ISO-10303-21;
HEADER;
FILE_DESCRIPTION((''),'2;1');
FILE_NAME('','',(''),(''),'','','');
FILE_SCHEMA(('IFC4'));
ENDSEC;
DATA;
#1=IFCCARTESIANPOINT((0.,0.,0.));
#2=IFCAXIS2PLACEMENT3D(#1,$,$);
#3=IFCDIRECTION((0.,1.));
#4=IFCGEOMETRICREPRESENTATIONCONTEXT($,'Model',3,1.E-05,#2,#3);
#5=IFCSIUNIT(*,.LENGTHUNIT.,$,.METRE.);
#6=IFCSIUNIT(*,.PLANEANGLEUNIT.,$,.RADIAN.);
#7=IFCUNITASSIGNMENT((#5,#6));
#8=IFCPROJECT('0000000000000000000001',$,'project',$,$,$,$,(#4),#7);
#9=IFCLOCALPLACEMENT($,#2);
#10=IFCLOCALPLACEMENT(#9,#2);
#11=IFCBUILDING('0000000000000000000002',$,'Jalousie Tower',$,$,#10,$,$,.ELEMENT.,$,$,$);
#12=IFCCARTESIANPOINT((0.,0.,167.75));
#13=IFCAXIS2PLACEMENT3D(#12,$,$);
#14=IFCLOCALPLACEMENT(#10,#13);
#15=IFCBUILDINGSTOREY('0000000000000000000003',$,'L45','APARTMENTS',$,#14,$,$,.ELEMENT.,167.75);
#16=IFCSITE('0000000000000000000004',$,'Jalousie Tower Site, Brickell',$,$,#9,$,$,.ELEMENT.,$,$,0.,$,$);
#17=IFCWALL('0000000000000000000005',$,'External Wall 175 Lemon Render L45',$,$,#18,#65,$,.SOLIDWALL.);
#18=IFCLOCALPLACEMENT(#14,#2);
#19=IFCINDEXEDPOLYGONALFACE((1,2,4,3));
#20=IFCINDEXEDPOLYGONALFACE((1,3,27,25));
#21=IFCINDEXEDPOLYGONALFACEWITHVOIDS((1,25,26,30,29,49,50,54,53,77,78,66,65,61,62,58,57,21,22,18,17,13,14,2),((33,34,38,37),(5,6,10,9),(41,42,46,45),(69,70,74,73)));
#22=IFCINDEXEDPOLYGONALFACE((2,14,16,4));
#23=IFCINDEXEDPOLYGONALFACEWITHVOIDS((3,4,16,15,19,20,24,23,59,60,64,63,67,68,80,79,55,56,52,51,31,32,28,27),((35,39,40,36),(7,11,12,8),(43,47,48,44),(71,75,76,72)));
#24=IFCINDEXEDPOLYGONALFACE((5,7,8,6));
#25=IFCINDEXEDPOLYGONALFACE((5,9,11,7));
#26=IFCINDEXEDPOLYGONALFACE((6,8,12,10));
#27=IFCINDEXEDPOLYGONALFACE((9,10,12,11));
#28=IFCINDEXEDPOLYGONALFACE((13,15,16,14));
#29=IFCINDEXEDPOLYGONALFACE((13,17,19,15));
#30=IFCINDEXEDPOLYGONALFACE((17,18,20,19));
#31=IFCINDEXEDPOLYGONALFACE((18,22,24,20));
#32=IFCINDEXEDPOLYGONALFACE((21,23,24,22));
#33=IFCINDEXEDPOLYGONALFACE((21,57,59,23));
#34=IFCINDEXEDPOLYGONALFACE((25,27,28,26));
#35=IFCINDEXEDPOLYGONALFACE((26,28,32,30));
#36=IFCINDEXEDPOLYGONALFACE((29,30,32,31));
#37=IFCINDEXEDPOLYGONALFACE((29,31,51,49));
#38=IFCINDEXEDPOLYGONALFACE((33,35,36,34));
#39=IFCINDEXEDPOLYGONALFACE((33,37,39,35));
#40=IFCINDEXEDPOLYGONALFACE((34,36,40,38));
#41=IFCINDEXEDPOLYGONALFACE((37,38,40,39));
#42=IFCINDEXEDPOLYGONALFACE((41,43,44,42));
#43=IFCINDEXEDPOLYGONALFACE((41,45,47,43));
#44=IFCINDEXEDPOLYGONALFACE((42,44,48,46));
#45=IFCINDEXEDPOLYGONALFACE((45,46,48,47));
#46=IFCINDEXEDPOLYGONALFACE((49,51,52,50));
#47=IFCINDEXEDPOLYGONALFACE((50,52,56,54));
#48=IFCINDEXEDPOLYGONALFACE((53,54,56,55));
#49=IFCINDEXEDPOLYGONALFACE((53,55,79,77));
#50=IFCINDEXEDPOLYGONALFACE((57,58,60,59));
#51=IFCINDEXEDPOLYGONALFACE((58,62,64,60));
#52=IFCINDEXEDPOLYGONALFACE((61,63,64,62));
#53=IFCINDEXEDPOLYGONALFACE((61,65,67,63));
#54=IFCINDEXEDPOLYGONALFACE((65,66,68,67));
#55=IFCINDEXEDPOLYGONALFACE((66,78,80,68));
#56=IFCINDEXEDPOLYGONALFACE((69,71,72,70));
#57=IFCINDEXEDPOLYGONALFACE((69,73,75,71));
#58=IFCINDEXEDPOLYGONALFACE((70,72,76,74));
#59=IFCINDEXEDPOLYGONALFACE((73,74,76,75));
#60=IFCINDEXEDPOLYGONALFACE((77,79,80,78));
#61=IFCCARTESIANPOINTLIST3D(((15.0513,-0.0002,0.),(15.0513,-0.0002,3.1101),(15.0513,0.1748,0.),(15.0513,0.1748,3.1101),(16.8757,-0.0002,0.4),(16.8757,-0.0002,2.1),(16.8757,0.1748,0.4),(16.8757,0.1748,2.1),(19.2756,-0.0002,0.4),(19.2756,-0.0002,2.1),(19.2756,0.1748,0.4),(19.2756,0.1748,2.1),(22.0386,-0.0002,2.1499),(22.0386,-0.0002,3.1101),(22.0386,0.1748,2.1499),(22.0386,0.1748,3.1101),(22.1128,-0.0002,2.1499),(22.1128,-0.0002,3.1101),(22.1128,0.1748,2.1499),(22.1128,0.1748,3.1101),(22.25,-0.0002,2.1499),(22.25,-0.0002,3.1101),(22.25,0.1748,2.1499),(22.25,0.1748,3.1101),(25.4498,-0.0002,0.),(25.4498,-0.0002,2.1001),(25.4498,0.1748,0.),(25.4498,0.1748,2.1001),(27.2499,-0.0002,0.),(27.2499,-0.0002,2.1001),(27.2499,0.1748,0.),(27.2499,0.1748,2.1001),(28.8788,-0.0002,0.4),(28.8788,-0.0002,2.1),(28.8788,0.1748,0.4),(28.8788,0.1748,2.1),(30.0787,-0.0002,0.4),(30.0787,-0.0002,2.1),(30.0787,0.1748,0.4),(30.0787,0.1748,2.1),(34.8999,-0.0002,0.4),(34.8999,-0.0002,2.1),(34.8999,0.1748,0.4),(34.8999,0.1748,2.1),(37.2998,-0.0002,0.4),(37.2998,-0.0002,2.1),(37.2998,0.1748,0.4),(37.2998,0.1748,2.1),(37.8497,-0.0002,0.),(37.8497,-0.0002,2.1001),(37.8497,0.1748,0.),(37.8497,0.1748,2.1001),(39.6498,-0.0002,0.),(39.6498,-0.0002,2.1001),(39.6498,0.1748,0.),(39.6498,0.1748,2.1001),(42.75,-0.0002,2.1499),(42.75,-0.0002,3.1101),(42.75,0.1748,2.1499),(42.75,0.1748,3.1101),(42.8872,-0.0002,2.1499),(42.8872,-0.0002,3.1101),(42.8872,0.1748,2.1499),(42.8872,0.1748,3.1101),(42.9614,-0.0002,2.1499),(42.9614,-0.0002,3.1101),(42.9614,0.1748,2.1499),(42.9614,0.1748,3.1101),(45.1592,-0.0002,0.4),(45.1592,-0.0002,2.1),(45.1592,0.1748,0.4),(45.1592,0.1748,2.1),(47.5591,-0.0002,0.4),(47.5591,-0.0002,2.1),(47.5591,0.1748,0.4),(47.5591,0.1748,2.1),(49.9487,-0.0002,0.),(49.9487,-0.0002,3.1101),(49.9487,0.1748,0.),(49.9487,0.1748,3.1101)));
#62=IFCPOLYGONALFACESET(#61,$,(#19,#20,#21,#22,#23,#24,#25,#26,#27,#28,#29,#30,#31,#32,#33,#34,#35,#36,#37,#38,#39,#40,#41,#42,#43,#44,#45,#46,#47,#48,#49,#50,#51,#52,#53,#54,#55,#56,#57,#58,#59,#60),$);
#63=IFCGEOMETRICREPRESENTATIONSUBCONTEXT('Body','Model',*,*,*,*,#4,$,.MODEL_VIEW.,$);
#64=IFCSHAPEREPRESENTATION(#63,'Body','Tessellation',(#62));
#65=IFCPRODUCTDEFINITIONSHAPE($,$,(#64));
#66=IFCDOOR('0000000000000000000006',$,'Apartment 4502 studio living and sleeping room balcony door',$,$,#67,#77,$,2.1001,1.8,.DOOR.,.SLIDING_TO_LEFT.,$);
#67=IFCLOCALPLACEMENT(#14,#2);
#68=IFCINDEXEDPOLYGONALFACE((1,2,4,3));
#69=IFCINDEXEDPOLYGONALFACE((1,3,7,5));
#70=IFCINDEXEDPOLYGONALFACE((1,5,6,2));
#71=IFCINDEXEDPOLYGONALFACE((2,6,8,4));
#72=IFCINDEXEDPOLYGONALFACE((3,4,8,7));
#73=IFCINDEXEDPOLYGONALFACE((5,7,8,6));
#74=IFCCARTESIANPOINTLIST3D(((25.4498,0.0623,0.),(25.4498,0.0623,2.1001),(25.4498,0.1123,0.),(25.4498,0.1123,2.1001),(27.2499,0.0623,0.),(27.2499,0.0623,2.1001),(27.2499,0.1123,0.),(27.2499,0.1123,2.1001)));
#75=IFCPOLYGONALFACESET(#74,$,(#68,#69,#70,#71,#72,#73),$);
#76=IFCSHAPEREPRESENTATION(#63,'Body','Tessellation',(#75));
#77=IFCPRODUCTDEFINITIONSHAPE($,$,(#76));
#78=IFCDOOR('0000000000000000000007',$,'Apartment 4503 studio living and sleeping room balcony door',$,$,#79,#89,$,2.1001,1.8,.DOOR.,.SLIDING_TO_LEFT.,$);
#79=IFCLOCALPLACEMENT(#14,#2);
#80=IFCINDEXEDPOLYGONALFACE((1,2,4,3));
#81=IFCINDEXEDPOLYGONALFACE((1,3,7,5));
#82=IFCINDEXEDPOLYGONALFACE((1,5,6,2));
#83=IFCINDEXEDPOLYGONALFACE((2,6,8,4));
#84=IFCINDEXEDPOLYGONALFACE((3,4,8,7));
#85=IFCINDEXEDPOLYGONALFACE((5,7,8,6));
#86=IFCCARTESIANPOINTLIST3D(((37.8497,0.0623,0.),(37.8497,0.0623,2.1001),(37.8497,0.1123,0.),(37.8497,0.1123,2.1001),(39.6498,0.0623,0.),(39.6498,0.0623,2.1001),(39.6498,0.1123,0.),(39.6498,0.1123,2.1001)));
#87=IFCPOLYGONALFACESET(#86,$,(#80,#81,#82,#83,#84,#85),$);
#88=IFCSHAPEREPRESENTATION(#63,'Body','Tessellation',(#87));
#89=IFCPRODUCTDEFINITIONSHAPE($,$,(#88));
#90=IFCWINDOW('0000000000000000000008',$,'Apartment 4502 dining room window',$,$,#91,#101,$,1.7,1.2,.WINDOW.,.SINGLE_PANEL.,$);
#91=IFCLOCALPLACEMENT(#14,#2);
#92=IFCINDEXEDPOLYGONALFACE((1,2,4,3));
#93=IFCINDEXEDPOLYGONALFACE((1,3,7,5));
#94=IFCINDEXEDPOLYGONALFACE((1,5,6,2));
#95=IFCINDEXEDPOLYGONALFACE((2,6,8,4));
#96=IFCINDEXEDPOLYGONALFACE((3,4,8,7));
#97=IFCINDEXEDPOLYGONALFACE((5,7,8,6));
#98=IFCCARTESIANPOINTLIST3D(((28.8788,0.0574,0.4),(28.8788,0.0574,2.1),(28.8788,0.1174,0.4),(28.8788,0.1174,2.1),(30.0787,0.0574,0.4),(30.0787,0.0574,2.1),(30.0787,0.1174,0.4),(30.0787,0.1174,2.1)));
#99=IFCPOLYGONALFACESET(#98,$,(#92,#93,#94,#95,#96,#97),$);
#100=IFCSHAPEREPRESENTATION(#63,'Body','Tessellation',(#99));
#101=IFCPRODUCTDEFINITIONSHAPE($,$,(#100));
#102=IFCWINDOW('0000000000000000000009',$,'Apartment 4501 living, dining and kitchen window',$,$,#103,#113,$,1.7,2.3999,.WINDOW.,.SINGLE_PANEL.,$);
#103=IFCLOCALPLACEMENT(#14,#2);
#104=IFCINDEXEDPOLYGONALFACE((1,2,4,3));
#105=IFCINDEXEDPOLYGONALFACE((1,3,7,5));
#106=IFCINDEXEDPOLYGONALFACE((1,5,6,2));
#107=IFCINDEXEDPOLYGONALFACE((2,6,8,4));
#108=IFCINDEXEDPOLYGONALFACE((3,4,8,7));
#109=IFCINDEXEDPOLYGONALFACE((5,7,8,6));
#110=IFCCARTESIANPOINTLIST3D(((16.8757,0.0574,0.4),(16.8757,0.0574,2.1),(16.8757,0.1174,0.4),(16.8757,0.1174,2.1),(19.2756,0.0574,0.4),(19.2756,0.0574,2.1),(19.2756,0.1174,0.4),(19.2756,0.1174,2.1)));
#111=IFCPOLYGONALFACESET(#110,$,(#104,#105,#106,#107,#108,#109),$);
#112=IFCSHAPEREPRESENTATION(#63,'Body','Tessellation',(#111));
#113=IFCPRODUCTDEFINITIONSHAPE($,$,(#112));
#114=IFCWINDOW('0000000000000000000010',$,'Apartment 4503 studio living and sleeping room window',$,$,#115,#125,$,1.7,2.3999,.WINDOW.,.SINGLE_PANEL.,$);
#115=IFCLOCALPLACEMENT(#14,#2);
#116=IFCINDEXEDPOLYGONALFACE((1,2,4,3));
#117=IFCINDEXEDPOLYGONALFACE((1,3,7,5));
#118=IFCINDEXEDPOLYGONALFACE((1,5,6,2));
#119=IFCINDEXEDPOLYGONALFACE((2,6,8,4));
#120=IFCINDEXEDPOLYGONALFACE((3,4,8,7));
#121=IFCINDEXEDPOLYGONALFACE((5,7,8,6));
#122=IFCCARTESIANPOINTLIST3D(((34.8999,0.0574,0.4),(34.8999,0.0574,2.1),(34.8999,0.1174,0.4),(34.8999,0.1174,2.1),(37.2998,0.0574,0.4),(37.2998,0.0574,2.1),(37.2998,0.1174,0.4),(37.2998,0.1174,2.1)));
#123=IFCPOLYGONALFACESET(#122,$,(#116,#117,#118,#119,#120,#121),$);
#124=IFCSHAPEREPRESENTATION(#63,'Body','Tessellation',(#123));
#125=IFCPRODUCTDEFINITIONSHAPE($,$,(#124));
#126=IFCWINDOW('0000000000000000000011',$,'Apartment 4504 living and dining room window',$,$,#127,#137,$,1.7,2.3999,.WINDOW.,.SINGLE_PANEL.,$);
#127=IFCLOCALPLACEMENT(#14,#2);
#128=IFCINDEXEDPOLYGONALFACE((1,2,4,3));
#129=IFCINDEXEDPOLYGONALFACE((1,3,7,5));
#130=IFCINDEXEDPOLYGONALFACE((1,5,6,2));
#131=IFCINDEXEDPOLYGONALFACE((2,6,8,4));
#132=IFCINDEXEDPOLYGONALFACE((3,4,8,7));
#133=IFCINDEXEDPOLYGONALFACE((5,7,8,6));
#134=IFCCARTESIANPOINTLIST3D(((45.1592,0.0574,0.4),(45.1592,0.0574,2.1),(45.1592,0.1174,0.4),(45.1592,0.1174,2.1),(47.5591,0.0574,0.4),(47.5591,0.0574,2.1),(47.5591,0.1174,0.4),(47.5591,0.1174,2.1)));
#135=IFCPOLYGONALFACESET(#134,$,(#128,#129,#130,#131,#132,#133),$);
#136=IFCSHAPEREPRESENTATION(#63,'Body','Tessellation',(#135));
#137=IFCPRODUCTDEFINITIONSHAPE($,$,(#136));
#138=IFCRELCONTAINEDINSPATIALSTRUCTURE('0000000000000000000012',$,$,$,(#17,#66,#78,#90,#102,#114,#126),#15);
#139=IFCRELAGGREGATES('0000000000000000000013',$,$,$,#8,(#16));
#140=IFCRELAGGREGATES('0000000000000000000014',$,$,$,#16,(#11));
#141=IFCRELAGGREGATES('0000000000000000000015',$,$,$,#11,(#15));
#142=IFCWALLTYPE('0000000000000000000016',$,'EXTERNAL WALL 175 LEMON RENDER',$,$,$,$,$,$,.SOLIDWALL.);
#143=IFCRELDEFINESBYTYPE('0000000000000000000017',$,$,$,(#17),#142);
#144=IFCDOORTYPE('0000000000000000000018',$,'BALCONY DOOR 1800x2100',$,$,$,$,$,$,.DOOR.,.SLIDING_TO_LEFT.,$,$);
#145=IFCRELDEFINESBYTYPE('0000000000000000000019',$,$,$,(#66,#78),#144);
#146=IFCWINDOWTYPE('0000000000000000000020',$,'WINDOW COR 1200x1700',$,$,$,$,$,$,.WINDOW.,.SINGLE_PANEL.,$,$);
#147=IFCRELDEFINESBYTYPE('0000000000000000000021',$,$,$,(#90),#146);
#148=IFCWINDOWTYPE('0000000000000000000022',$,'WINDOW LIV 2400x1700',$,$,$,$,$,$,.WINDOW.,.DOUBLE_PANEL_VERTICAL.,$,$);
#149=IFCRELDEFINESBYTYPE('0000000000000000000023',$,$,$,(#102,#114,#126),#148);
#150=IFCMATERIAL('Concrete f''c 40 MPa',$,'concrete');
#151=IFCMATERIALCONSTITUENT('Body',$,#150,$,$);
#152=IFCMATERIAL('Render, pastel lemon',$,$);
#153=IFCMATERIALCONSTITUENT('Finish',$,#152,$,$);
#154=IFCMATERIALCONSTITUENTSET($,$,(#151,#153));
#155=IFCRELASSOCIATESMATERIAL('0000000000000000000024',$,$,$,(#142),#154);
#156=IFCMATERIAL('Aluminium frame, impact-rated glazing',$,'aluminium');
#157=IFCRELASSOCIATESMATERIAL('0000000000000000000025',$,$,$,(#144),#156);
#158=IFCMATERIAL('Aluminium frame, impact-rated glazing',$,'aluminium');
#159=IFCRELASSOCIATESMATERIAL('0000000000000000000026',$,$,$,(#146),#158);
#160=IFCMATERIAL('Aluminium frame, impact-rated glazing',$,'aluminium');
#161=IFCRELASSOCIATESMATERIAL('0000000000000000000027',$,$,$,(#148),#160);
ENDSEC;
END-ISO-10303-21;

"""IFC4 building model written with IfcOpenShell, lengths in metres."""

from ifc_helpers import new_model, si_unit, direction, frame, frame_2d, origin, place, context, subcontext, project, spatial, polyline, rectangle, outline, extrude, material, constituent, constituent_set, type_object, element, fill, save


model = new_model("IFC4")

# Units and contexts
model_context = context("Model", 3, precision=1e-05, world=origin(), true_north=direction((0.0, 1.0)))
body_context = subcontext(model_context, "Body", "Model", "MODEL_VIEW")
ifc_project = project(units=[si_unit("LENGTHUNIT", "METRE"), si_unit("PLANEANGLEUNIT", "RADIAN")], contexts=[model_context])

# Site, building, storey
site_placement = place(None, origin())
site = spatial("IfcSite", under=ifc_project, at=site_placement, Name="Jalousie Tower Site, Brickell", CompositionType="ELEMENT", RefElevation=0.0)
building_placement = place(site_placement, origin())
building = spatial("IfcBuilding", under=site, at=building_placement, Name="Jalousie Tower", CompositionType="ELEMENT")
storey_placement = place(building_placement, frame((0.0, 0.0, 167.75)))
storey = spatial("IfcBuildingStorey", under=building, at=storey_placement, Name="L45", Description="APARTMENTS", CompositionType="ELEMENT", Elevation=167.75)

# Wall, openings, doors, windows
ifc_material_1 = material(Name="Concrete f'c 40 MPa", Category="concrete")
ifc_constituent_1 = constituent(ifc_material_1, Name="Body")
ifc_material_2 = material(Name="Render, pastel lemon")
ifc_constituent_2 = constituent(ifc_material_2, Name="Finish")
ifc_constituent_set_1 = constituent_set(constituents=[ifc_constituent_1, ifc_constituent_2])
wall_type_1 = type_object("IfcWallType", Name="EXTERNAL WALL 175 LEMON RENDER", PredefinedType="SOLIDWALL", material=ifc_constituent_set_1)
wall_1_placement = place(storey_placement, frame((15.0513, 0.0874, 0.0), z_axis=(0.0, 0.0, 1.0), x_axis=(1.0, 0.0, 0.0)))
wall_1 = element("IfcWall", 1, at=wall_1_placement, inside=storey, type_object=wall_type_1, Name="External Wall 175 Lemon Render L45", PredefinedType="SOLIDWALL", context=body_context, shape_type="SweptSolid", body=[
    extrude(outline(polyline([(0.0, 0.0), (34.8975, 0.0), (34.8975, 3.1101), (27.9102, 3.1101), (27.9102, 2.1499), (27.8359, 2.1499), (27.8359, 3.1101), (27.6987, 3.1101), (27.6987, 2.1499), (7.1987, 2.1499), (7.1987, 3.1101), (7.0615, 3.1101), (7.0615, 2.1499), (6.9873, 2.1499), (6.9873, 3.1101), (0.0, 3.1101), (0.0, 0.0)])), frame((0.0, 0.0874, 0.0), z_axis=(0.0, -1.0, 0.0), x_axis=(1.0, 0.0, 0.0)), (0.0, 0.0, 1.0), 0.175),
])
opening_1_placement = place(wall_1_placement, frame((1.8245, 0.0, 0.3999)))
opening_1 = element("IfcOpeningElement", 2, at=opening_1_placement, cuts=wall_1, PredefinedType="OPENING", context=body_context, shape_type="SweptSolid", body=[
    extrude(rectangle(XDim=2.3999, YDim=1.7, at=frame_2d((1.2, 0.8501))), frame((0.0, 0.0974, 0.0), z_axis=(0.0, -1.0, 0.0), x_axis=(1.0, 0.0, 0.0)), (0.0, 0.0, 1.0), 0.1951),
])
opening_2_placement = place(wall_1_placement, frame((10.3987, 0.0, 0.0)))
opening_2 = element("IfcOpeningElement", 3, at=opening_2_placement, cuts=wall_1, PredefinedType="OPENING", context=body_context, shape_type="SweptSolid", body=[
    extrude(rectangle(XDim=1.8, YDim=2.1001, at=frame_2d((0.8999, 1.05))), frame((0.0, 0.0974, 0.0), z_axis=(0.0, -1.0, 0.0), x_axis=(1.0, 0.0, 0.0)), (0.0, 0.0, 1.0), 0.1951),
])
opening_3_placement = place(wall_1_placement, frame((13.8274, 0.0, 0.3999)))
opening_3 = element("IfcOpeningElement", 4, at=opening_3_placement, cuts=wall_1, PredefinedType="OPENING", context=body_context, shape_type="SweptSolid", body=[
    extrude(rectangle(XDim=1.2, YDim=1.7, at=frame_2d((0.6001, 0.8501))), frame((0.0, 0.0974, 0.0), z_axis=(0.0, -1.0, 0.0), x_axis=(1.0, 0.0, 0.0)), (0.0, 0.0, 1.0), 0.1951),
])
opening_4_placement = place(wall_1_placement, frame((22.7986, 0.0, 0.0)))
opening_4 = element("IfcOpeningElement", 5, at=opening_4_placement, cuts=wall_1, PredefinedType="OPENING", context=body_context, shape_type="SweptSolid", body=[
    extrude(rectangle(XDim=1.8, YDim=2.1001, at=frame_2d((0.8999, 1.05))), frame((0.0, 0.0974, 0.0), z_axis=(0.0, -1.0, 0.0), x_axis=(1.0, 0.0, 0.0)), (0.0, 0.0, 1.0), 0.1951),
])
opening_5_placement = place(wall_1_placement, frame((19.8486, 0.0, 0.3999)))
opening_5 = element("IfcOpeningElement", 6, at=opening_5_placement, cuts=wall_1, PredefinedType="OPENING", context=body_context, shape_type="SweptSolid", body=[
    extrude(rectangle(XDim=2.3999, YDim=1.7, at=frame_2d((1.2, 0.8501))), frame((0.0, 0.0974, 0.0), z_axis=(0.0, -1.0, 0.0), x_axis=(1.0, 0.0, 0.0)), (0.0, 0.0, 1.0), 0.1951),
])
opening_6_placement = place(wall_1_placement, frame((30.1079, 0.0, 0.3999)))
opening_6 = element("IfcOpeningElement", 7, at=opening_6_placement, cuts=wall_1, PredefinedType="OPENING", context=body_context, shape_type="SweptSolid", body=[
    extrude(rectangle(XDim=2.3999, YDim=1.7, at=frame_2d((1.2, 0.8501))), frame((0.0, 0.0974, 0.0), z_axis=(0.0, -1.0, 0.0), x_axis=(1.0, 0.0, 0.0)), (0.0, 0.0, 1.0), 0.1951),
])
ifc_material_3 = material(Name="Aluminium frame, impact-rated glazing", Category="aluminium")
door_type_1 = type_object("IfcDoorType", Name="BALCONY DOOR 1800x2100", OperationType="SLIDING_TO_LEFT", PredefinedType="DOOR", material=ifc_material_3)
door_1_placement = place(opening_2_placement, origin())
door_1 = element("IfcDoor", 8, at=door_1_placement, inside=storey, type_object=door_type_1, Name="Apartment 4502 studio living and sleeping room balcony door", OperationType="SLIDING_TO_LEFT", OverallHeight=2.1001, OverallWidth=1.8, PredefinedType="DOOR", context=body_context, shape_type="SweptSolid", body=[
    extrude(rectangle(XDim=1.8, YDim=2.1001, at=frame_2d((0.8999, 1.05))), frame((0.0, 0.0249, 0.0), z_axis=(0.0, -1.0, 0.0), x_axis=(1.0, 0.0, 0.0)), (0.0, 0.0, 1.0), 0.05),
])
fill(opening_2, door_1)
door_2_placement = place(opening_4_placement, origin())
door_2 = element("IfcDoor", 9, at=door_2_placement, inside=storey, type_object=door_type_1, Name="Apartment 4503 studio living and sleeping room balcony door", OperationType="SLIDING_TO_LEFT", OverallHeight=2.1001, OverallWidth=1.8, PredefinedType="DOOR", context=body_context, shape_type="SweptSolid", body=[
    extrude(rectangle(XDim=1.8, YDim=2.1001, at=frame_2d((0.8999, 1.05))), frame((0.0, 0.0249, 0.0), z_axis=(0.0, -1.0, 0.0), x_axis=(1.0, 0.0, 0.0)), (0.0, 0.0, 1.0), 0.05),
])
fill(opening_4, door_2)
ifc_material_4 = material(Name="Aluminium frame, impact-rated glazing", Category="aluminium")
window_type_1 = type_object("IfcWindowType", Name="WINDOW COR 1200x1700", PartitioningType="SINGLE_PANEL", PredefinedType="WINDOW", material=ifc_material_4)
window_1_placement = place(opening_3_placement, origin())
window_1 = element("IfcWindow", 10, at=window_1_placement, inside=storey, type_object=window_type_1, Name="Apartment 4502 dining room window", OverallHeight=1.7, OverallWidth=1.2, PartitioningType="SINGLE_PANEL", PredefinedType="WINDOW", context=body_context, shape_type="SweptSolid", body=[
    extrude(rectangle(XDim=1.2, YDim=1.7, at=frame_2d((0.6001, 0.8501))), frame((0.0, 0.03, 0.0), z_axis=(0.0, -1.0, 0.0), x_axis=(1.0, 0.0, 0.0)), (0.0, 0.0, 1.0), 0.0601),
])
fill(opening_3, window_1)
ifc_material_5 = material(Name="Aluminium frame, impact-rated glazing", Category="aluminium")
window_type_2 = type_object("IfcWindowType", Name="WINDOW LIV 2400x1700", PartitioningType="DOUBLE_PANEL_VERTICAL", PredefinedType="WINDOW", material=ifc_material_5)
window_2_placement = place(opening_1_placement, origin())
window_2 = element("IfcWindow", 11, at=window_2_placement, inside=storey, type_object=window_type_2, Name="Apartment 4501 living, dining and kitchen window", OverallHeight=1.7, OverallWidth=2.3999, PartitioningType="SINGLE_PANEL", PredefinedType="WINDOW", context=body_context, shape_type="SweptSolid", body=[
    extrude(rectangle(XDim=2.3999, YDim=1.7, at=frame_2d((1.2, 0.8501))), frame((0.0, 0.03, 0.0), z_axis=(0.0, -1.0, 0.0), x_axis=(1.0, 0.0, 0.0)), (0.0, 0.0, 1.0), 0.0601),
])
fill(opening_1, window_2)
window_3_placement = place(opening_5_placement, origin())
window_3 = element("IfcWindow", 12, at=window_3_placement, inside=storey, type_object=window_type_2, Name="Apartment 4503 studio living and sleeping room window", OverallHeight=1.7, OverallWidth=2.3999, PartitioningType="SINGLE_PANEL", PredefinedType="WINDOW", context=body_context, shape_type="SweptSolid", body=[
    extrude(rectangle(XDim=2.3999, YDim=1.7, at=frame_2d((1.2, 0.8501))), frame((0.0, 0.03, 0.0), z_axis=(0.0, -1.0, 0.0), x_axis=(1.0, 0.0, 0.0)), (0.0, 0.0, 1.0), 0.0601),
])
fill(opening_5, window_3)
window_4_placement = place(opening_6_placement, origin())
window_4 = element("IfcWindow", 13, at=window_4_placement, inside=storey, type_object=window_type_2, Name="Apartment 4504 living and dining room window", OverallHeight=1.7, OverallWidth=2.3999, PartitioningType="SINGLE_PANEL", PredefinedType="WINDOW", context=body_context, shape_type="SweptSolid", body=[
    extrude(rectangle(XDim=2.3999, YDim=1.7, at=frame_2d((1.2, 0.8501))), frame((0.0, 0.03, 0.0), z_axis=(0.0, -1.0, 0.0), x_axis=(1.0, 0.0, 0.0)), (0.0, 0.0, 1.0), 0.0601),
])
fill(opening_6, window_4)

save(model, "model.ifc")
